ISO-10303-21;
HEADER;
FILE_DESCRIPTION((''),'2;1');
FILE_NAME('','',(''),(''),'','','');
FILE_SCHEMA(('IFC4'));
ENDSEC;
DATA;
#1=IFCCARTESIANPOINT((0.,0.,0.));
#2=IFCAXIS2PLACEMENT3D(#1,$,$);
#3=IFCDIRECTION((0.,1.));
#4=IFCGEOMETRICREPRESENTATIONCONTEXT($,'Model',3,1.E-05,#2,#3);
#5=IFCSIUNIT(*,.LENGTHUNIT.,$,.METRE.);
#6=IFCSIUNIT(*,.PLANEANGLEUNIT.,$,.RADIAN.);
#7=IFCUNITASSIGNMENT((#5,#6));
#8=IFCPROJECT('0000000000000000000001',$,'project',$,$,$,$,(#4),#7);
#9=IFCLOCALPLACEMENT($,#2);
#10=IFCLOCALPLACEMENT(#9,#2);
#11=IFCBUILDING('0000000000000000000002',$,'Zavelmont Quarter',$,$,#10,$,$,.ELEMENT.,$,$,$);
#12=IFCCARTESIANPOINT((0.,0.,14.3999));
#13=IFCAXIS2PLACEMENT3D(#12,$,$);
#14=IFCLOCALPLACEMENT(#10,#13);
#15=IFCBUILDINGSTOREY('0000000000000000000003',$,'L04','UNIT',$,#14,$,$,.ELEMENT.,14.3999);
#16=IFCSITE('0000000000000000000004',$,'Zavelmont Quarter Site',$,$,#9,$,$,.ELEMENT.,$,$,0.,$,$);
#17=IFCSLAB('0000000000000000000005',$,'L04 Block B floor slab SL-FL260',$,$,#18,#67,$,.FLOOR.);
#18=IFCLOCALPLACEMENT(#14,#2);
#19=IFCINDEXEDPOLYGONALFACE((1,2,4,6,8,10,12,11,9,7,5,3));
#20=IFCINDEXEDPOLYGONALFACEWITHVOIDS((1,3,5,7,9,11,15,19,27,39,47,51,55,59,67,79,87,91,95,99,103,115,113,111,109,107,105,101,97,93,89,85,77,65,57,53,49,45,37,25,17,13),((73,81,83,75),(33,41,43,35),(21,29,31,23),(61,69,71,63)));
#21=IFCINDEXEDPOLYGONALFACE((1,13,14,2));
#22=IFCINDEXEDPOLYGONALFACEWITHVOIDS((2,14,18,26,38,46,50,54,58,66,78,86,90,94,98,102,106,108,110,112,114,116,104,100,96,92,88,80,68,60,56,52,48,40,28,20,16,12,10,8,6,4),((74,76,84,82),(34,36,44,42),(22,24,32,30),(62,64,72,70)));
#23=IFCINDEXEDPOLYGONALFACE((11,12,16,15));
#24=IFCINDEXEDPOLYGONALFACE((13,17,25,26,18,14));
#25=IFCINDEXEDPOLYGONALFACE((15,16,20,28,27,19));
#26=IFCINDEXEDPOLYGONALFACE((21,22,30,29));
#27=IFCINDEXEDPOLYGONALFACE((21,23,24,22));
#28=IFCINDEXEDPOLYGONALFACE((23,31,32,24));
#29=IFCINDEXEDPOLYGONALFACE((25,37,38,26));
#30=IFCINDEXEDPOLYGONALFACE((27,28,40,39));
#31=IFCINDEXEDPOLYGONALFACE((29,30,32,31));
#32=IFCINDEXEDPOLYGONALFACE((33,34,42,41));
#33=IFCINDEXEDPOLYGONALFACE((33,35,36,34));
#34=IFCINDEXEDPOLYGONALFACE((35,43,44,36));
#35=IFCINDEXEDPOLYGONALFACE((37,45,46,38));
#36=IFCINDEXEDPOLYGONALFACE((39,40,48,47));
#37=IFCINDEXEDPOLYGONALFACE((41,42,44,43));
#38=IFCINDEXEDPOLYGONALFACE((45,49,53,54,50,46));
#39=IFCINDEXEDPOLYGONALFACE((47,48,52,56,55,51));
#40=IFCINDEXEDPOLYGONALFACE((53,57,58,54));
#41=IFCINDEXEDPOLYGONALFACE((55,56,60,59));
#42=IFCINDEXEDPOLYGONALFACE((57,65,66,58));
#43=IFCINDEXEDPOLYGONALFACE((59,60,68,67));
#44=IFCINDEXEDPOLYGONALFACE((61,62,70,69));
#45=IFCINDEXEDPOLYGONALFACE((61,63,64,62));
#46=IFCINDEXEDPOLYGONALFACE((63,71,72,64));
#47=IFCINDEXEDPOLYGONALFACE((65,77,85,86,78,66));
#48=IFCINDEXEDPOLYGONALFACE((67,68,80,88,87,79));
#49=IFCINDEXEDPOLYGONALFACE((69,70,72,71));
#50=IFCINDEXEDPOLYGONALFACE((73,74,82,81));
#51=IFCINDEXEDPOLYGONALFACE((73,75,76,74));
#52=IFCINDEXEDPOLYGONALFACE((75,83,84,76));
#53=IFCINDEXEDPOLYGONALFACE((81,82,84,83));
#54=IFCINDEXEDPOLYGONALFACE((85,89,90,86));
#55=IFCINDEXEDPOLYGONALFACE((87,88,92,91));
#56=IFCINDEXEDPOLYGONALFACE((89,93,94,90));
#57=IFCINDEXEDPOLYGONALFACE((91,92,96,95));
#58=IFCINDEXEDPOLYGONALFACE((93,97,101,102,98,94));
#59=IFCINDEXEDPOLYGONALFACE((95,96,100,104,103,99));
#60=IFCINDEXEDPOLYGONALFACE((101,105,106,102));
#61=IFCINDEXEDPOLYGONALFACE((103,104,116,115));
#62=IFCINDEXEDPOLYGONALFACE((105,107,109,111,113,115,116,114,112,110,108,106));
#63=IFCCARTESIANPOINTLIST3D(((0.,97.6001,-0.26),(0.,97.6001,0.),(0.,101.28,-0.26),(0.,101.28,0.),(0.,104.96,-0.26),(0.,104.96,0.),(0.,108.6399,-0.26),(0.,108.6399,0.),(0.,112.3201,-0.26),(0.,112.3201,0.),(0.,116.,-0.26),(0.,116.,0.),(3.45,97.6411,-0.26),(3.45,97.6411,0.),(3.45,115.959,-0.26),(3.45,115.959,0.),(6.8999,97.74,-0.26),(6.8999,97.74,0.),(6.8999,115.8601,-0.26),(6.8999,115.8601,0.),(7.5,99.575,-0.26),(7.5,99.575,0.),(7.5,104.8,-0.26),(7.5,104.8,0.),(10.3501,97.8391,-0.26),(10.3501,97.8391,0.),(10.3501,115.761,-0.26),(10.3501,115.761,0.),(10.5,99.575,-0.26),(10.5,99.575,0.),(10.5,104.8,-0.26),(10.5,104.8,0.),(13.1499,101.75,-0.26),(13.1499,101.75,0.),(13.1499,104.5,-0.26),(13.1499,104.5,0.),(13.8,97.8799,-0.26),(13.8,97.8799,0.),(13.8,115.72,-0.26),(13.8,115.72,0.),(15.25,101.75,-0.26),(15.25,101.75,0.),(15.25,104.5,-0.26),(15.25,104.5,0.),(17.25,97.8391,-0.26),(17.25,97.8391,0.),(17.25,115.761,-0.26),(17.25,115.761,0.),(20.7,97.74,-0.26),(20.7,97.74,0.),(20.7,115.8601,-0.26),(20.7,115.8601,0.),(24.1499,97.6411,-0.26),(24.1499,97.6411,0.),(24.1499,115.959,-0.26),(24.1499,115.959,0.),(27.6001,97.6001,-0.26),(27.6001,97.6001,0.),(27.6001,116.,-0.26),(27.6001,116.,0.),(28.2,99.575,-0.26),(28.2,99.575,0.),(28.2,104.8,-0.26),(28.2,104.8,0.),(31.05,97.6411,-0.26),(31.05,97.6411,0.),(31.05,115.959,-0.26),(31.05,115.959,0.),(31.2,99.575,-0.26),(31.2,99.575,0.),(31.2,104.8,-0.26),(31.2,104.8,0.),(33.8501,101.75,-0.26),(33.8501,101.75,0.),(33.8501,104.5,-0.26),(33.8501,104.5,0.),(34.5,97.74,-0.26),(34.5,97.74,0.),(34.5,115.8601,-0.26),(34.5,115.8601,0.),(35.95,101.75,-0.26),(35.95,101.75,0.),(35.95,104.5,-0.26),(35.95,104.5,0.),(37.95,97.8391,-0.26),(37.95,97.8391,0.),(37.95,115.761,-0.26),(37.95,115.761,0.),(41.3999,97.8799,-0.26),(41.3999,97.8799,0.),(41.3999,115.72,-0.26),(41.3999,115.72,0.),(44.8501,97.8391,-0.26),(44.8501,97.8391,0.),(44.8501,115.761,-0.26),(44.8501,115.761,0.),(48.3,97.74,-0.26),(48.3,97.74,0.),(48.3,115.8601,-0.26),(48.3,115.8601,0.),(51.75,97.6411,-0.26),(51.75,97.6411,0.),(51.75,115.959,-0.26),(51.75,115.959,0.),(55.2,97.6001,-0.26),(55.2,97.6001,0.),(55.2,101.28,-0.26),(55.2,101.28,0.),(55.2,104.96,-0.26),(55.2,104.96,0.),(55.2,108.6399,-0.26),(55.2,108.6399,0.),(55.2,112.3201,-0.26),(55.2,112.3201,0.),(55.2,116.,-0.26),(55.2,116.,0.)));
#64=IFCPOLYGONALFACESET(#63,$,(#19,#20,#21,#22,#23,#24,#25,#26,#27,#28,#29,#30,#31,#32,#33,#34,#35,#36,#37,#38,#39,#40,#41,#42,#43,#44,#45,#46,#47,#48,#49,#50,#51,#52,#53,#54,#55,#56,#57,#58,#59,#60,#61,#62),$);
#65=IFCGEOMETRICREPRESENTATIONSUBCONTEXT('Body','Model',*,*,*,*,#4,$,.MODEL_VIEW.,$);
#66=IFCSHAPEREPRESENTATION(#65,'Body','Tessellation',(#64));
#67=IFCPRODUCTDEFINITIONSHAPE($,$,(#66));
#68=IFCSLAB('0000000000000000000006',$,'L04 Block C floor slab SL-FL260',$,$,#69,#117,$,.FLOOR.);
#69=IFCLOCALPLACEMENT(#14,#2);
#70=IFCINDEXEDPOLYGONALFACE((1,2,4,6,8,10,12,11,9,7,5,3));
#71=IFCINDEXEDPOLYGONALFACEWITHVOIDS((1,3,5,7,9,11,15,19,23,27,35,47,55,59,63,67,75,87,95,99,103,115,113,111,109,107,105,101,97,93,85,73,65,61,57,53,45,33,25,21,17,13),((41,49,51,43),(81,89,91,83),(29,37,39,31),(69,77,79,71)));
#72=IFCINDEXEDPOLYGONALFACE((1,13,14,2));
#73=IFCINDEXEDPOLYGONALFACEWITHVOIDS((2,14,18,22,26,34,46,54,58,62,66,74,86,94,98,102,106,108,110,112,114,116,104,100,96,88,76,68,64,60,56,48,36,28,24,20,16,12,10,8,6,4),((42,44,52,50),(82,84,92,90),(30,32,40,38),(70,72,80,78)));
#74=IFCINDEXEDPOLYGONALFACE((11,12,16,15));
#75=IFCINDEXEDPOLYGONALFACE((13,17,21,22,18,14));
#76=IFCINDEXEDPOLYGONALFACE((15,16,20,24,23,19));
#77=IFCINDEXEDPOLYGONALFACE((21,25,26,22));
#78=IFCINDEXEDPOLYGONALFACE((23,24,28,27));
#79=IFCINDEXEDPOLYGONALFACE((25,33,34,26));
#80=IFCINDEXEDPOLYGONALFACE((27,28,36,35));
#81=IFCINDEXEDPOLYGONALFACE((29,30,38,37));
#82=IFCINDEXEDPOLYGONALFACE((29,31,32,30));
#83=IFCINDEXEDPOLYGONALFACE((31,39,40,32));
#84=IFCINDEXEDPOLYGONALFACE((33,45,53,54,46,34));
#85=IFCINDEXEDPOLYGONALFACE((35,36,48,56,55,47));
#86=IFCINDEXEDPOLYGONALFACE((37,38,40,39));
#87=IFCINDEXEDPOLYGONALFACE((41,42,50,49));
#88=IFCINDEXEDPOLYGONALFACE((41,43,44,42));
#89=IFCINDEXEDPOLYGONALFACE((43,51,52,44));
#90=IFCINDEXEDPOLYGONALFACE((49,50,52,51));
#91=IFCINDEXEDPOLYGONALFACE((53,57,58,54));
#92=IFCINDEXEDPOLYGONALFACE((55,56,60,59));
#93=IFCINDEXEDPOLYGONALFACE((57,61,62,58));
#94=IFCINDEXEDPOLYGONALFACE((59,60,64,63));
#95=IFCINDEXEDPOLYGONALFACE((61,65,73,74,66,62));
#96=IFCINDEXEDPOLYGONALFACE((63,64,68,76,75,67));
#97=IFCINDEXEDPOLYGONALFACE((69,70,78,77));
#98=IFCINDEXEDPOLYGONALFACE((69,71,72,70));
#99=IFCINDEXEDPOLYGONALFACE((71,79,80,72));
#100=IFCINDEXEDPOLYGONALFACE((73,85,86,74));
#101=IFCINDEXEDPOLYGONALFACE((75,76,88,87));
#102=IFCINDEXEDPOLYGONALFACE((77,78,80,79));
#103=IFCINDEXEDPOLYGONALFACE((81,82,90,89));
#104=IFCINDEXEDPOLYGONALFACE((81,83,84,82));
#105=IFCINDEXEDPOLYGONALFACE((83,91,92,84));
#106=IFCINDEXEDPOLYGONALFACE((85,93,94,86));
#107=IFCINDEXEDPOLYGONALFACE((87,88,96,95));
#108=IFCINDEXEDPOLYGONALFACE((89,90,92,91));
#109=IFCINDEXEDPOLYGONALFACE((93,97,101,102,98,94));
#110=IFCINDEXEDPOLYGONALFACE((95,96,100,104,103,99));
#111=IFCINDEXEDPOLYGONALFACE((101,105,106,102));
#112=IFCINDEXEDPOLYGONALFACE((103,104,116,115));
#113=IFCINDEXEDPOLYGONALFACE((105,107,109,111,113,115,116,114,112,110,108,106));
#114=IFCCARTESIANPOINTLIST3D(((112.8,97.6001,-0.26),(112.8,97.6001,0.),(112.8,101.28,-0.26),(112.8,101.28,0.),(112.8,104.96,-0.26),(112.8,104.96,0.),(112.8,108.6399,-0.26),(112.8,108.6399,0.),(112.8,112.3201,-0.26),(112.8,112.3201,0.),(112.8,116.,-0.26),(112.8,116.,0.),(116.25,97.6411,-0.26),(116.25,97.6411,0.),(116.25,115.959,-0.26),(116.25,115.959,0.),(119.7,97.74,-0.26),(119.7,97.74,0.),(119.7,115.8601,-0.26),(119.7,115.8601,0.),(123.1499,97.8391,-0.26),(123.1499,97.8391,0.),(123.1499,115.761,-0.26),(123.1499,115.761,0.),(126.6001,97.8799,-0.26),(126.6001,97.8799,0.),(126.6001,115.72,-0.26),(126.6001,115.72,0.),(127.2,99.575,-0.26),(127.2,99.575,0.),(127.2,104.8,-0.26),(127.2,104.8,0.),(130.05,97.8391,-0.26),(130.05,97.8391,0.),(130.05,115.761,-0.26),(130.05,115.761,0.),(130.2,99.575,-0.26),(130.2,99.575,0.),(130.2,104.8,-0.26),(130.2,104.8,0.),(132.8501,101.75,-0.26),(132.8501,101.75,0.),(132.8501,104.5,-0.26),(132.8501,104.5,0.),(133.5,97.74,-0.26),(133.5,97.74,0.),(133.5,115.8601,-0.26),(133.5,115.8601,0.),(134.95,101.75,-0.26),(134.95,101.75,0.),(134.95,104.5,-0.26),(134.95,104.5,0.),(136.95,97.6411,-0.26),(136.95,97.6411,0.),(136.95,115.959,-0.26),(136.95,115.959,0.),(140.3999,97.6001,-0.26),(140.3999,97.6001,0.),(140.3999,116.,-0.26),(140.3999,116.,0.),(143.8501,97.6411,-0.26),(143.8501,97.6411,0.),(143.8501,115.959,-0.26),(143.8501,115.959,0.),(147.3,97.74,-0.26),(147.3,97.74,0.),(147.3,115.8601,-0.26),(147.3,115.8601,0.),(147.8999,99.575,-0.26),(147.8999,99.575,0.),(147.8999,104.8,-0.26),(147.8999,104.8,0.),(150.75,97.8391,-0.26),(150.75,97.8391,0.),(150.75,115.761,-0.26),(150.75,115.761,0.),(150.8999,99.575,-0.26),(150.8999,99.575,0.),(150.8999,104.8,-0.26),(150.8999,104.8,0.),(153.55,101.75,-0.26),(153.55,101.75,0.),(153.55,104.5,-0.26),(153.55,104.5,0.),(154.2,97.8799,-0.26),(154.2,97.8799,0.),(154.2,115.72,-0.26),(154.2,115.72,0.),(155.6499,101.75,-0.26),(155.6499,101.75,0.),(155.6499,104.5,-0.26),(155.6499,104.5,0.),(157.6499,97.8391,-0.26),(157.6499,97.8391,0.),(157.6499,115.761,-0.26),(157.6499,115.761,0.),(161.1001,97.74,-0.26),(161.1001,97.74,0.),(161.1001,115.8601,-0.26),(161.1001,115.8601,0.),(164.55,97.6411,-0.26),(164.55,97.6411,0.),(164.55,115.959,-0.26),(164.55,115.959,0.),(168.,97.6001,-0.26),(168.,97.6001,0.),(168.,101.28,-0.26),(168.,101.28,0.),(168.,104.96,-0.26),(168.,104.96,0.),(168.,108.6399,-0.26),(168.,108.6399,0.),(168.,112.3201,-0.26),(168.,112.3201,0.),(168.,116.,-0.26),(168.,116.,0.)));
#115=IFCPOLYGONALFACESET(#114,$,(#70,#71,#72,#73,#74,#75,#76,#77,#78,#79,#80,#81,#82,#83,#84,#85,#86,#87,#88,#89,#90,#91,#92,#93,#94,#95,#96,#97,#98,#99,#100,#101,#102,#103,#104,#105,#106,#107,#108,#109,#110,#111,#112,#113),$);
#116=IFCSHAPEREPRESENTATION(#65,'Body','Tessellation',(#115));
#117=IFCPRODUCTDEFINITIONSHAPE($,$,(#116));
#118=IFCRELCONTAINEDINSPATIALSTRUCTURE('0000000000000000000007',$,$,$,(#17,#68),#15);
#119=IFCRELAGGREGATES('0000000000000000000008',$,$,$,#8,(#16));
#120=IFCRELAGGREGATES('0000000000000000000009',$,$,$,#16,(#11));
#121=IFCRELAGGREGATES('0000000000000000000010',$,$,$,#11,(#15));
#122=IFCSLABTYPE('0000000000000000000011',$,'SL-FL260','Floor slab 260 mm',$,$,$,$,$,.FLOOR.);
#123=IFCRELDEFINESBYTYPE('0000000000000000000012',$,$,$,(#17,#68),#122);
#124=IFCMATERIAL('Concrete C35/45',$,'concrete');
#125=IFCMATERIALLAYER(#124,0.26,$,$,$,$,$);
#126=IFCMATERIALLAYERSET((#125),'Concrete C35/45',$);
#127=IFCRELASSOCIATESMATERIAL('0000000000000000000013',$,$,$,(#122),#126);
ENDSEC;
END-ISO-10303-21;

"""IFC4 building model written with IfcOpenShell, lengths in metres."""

from ifc_helpers import new_model, si_unit, direction, frame, origin, place, context, subcontext, project, spatial, polyline, outline, extrude, material, layer, layer_set, type_object, element, save


model = new_model("IFC4")

# Units and contexts
model_context = context("Model", 3, precision=1e-05, world=origin(), true_north=direction((0.0, 1.0)))
body_context = subcontext(model_context, "Body", "Model", "MODEL_VIEW")
ifc_project = project(units=[si_unit("LENGTHUNIT", "METRE"), si_unit("PLANEANGLEUNIT", "RADIAN")], contexts=[model_context])

# Site, building, storey
site_placement = place(None, origin())
site = spatial("IfcSite", under=ifc_project, at=site_placement, Name="Zavelmont Quarter Site", CompositionType="ELEMENT", RefElevation=0.0)
building_placement = place(site_placement, origin())
building = spatial("IfcBuilding", under=site, at=building_placement, Name="Zavelmont Quarter", CompositionType="ELEMENT")
storey_placement = place(building_placement, frame((0.0, 0.0, 14.3999)))
storey = spatial("IfcBuildingStorey", under=building, at=storey_placement, Name="L04", Description="UNIT", CompositionType="ELEMENT", Elevation=14.3999)

# Slabs
ifc_material_1 = material(Name="Concrete C35/45", Category="concrete")
ifc_layer_1 = layer(ifc_material_1, 0.26)
ifc_layer_set_1 = layer_set([ifc_layer_1], Name="Concrete C35/45")
slab_type_1 = type_object("IfcSlabType", Name="SL-FL260", Description="Floor slab 260 mm", PredefinedType="FLOOR", material=ifc_layer_set_1)
slab_1_placement = place(storey_placement, frame((0.0, 0.0, -0.26)))
element("IfcSlab", 1, at=slab_1_placement, inside=storey, type_object=slab_type_1, Name="L04 Block B floor slab SL-FL260", PredefinedType="FLOOR", context=body_context, shape_type="SweptSolid", body=[
    extrude(outline(polyline([(0.0, 97.6001), (3.45, 97.6411), (6.8999, 97.74), (10.3501, 97.8391), (13.8, 97.8799), (17.25, 97.8391), (20.7, 97.74), (24.1499, 97.6411), (27.6001, 97.6001), (31.05, 97.6411), (34.5, 97.74), (37.95, 97.8391), (41.3999, 97.8799), (44.8501, 97.8391), (48.3, 97.74), (51.75, 97.6411), (55.2, 97.6001), (55.2, 101.28), (55.2, 104.96), (55.2, 108.6399), (55.2, 112.3201), (55.2, 116.0), (51.75, 115.959), (48.3, 115.8601), (44.8501, 115.761), (41.3999, 115.72), (37.95, 115.761), (34.5, 115.8601), (31.05, 115.959), (27.6001, 116.0), (24.1499, 115.959), (20.7, 115.8601), (17.25, 115.761), (13.8, 115.72), (10.3501, 115.761), (6.8999, 115.8601), (3.45, 115.959), (0.0, 116.0), (0.0, 112.3201), (0.0, 108.6399), (0.0, 104.96), (0.0, 101.28), (0.0, 97.6001)]), holes=[polyline([(10.5, 99.575), (10.5, 104.8), (7.5, 104.8), (7.5, 99.575), (10.5, 99.575)]), polyline([(13.1499, 101.75), (15.25, 101.75), (15.25, 104.5), (13.1499, 104.5), (13.1499, 101.75)]), polyline([(31.2, 99.575), (31.2, 104.8), (28.2, 104.8), (28.2, 99.575), (31.2, 99.575)]), polyline([(33.8501, 101.75), (35.95, 101.75), (35.95, 104.5), (33.8501, 104.5), (33.8501, 101.75)])]), origin(), (0.0, 0.0, 1.0), 0.26),
])
slab_2_placement = place(storey_placement, frame((0.0, 0.0, -0.26)))
element("IfcSlab", 2, at=slab_2_placement, inside=storey, type_object=slab_type_1, Name="L04 Block C floor slab SL-FL260", PredefinedType="FLOOR", context=body_context, shape_type="SweptSolid", body=[
    extrude(outline(polyline([(112.8, 97.6001), (116.25, 97.6411), (119.7, 97.74), (123.1499, 97.8391), (126.6001, 97.8799), (130.05, 97.8391), (133.5, 97.74), (136.95, 97.6411), (140.3999, 97.6001), (143.8501, 97.6411), (147.3, 97.74), (150.75, 97.8391), (154.2, 97.8799), (157.6499, 97.8391), (161.1001, 97.74), (164.55, 97.6411), (168.0, 97.6001), (168.0, 101.28), (168.0, 104.96), (168.0, 108.6399), (168.0, 112.3201), (168.0, 116.0), (164.55, 115.959), (161.1001, 115.8601), (157.6499, 115.761), (154.2, 115.72), (150.75, 115.761), (147.3, 115.8601), (143.8501, 115.959), (140.3999, 116.0), (136.95, 115.959), (133.5, 115.8601), (130.05, 115.761), (126.6001, 115.72), (123.1499, 115.761), (119.7, 115.8601), (116.25, 115.959), (112.8, 116.0), (112.8, 112.3201), (112.8, 108.6399), (112.8, 104.96), (112.8, 101.28), (112.8, 97.6001)]), holes=[polyline([(130.2, 99.575), (130.2, 104.8), (127.2, 104.8), (127.2, 99.575), (130.2, 99.575)]), polyline([(132.8501, 101.75), (134.95, 101.75), (134.95, 104.5), (132.8501, 104.5), (132.8501, 101.75)]), polyline([(150.8999, 99.575), (150.8999, 104.8), (147.8999, 104.8), (147.8999, 99.575), (150.8999, 99.575)]), polyline([(153.55, 101.75), (155.6499, 101.75), (155.6499, 104.5), (153.55, 104.5), (153.55, 101.75)])]), origin(), (0.0, 0.0, 1.0), 0.26),
])

save(model, "model.ifc")
